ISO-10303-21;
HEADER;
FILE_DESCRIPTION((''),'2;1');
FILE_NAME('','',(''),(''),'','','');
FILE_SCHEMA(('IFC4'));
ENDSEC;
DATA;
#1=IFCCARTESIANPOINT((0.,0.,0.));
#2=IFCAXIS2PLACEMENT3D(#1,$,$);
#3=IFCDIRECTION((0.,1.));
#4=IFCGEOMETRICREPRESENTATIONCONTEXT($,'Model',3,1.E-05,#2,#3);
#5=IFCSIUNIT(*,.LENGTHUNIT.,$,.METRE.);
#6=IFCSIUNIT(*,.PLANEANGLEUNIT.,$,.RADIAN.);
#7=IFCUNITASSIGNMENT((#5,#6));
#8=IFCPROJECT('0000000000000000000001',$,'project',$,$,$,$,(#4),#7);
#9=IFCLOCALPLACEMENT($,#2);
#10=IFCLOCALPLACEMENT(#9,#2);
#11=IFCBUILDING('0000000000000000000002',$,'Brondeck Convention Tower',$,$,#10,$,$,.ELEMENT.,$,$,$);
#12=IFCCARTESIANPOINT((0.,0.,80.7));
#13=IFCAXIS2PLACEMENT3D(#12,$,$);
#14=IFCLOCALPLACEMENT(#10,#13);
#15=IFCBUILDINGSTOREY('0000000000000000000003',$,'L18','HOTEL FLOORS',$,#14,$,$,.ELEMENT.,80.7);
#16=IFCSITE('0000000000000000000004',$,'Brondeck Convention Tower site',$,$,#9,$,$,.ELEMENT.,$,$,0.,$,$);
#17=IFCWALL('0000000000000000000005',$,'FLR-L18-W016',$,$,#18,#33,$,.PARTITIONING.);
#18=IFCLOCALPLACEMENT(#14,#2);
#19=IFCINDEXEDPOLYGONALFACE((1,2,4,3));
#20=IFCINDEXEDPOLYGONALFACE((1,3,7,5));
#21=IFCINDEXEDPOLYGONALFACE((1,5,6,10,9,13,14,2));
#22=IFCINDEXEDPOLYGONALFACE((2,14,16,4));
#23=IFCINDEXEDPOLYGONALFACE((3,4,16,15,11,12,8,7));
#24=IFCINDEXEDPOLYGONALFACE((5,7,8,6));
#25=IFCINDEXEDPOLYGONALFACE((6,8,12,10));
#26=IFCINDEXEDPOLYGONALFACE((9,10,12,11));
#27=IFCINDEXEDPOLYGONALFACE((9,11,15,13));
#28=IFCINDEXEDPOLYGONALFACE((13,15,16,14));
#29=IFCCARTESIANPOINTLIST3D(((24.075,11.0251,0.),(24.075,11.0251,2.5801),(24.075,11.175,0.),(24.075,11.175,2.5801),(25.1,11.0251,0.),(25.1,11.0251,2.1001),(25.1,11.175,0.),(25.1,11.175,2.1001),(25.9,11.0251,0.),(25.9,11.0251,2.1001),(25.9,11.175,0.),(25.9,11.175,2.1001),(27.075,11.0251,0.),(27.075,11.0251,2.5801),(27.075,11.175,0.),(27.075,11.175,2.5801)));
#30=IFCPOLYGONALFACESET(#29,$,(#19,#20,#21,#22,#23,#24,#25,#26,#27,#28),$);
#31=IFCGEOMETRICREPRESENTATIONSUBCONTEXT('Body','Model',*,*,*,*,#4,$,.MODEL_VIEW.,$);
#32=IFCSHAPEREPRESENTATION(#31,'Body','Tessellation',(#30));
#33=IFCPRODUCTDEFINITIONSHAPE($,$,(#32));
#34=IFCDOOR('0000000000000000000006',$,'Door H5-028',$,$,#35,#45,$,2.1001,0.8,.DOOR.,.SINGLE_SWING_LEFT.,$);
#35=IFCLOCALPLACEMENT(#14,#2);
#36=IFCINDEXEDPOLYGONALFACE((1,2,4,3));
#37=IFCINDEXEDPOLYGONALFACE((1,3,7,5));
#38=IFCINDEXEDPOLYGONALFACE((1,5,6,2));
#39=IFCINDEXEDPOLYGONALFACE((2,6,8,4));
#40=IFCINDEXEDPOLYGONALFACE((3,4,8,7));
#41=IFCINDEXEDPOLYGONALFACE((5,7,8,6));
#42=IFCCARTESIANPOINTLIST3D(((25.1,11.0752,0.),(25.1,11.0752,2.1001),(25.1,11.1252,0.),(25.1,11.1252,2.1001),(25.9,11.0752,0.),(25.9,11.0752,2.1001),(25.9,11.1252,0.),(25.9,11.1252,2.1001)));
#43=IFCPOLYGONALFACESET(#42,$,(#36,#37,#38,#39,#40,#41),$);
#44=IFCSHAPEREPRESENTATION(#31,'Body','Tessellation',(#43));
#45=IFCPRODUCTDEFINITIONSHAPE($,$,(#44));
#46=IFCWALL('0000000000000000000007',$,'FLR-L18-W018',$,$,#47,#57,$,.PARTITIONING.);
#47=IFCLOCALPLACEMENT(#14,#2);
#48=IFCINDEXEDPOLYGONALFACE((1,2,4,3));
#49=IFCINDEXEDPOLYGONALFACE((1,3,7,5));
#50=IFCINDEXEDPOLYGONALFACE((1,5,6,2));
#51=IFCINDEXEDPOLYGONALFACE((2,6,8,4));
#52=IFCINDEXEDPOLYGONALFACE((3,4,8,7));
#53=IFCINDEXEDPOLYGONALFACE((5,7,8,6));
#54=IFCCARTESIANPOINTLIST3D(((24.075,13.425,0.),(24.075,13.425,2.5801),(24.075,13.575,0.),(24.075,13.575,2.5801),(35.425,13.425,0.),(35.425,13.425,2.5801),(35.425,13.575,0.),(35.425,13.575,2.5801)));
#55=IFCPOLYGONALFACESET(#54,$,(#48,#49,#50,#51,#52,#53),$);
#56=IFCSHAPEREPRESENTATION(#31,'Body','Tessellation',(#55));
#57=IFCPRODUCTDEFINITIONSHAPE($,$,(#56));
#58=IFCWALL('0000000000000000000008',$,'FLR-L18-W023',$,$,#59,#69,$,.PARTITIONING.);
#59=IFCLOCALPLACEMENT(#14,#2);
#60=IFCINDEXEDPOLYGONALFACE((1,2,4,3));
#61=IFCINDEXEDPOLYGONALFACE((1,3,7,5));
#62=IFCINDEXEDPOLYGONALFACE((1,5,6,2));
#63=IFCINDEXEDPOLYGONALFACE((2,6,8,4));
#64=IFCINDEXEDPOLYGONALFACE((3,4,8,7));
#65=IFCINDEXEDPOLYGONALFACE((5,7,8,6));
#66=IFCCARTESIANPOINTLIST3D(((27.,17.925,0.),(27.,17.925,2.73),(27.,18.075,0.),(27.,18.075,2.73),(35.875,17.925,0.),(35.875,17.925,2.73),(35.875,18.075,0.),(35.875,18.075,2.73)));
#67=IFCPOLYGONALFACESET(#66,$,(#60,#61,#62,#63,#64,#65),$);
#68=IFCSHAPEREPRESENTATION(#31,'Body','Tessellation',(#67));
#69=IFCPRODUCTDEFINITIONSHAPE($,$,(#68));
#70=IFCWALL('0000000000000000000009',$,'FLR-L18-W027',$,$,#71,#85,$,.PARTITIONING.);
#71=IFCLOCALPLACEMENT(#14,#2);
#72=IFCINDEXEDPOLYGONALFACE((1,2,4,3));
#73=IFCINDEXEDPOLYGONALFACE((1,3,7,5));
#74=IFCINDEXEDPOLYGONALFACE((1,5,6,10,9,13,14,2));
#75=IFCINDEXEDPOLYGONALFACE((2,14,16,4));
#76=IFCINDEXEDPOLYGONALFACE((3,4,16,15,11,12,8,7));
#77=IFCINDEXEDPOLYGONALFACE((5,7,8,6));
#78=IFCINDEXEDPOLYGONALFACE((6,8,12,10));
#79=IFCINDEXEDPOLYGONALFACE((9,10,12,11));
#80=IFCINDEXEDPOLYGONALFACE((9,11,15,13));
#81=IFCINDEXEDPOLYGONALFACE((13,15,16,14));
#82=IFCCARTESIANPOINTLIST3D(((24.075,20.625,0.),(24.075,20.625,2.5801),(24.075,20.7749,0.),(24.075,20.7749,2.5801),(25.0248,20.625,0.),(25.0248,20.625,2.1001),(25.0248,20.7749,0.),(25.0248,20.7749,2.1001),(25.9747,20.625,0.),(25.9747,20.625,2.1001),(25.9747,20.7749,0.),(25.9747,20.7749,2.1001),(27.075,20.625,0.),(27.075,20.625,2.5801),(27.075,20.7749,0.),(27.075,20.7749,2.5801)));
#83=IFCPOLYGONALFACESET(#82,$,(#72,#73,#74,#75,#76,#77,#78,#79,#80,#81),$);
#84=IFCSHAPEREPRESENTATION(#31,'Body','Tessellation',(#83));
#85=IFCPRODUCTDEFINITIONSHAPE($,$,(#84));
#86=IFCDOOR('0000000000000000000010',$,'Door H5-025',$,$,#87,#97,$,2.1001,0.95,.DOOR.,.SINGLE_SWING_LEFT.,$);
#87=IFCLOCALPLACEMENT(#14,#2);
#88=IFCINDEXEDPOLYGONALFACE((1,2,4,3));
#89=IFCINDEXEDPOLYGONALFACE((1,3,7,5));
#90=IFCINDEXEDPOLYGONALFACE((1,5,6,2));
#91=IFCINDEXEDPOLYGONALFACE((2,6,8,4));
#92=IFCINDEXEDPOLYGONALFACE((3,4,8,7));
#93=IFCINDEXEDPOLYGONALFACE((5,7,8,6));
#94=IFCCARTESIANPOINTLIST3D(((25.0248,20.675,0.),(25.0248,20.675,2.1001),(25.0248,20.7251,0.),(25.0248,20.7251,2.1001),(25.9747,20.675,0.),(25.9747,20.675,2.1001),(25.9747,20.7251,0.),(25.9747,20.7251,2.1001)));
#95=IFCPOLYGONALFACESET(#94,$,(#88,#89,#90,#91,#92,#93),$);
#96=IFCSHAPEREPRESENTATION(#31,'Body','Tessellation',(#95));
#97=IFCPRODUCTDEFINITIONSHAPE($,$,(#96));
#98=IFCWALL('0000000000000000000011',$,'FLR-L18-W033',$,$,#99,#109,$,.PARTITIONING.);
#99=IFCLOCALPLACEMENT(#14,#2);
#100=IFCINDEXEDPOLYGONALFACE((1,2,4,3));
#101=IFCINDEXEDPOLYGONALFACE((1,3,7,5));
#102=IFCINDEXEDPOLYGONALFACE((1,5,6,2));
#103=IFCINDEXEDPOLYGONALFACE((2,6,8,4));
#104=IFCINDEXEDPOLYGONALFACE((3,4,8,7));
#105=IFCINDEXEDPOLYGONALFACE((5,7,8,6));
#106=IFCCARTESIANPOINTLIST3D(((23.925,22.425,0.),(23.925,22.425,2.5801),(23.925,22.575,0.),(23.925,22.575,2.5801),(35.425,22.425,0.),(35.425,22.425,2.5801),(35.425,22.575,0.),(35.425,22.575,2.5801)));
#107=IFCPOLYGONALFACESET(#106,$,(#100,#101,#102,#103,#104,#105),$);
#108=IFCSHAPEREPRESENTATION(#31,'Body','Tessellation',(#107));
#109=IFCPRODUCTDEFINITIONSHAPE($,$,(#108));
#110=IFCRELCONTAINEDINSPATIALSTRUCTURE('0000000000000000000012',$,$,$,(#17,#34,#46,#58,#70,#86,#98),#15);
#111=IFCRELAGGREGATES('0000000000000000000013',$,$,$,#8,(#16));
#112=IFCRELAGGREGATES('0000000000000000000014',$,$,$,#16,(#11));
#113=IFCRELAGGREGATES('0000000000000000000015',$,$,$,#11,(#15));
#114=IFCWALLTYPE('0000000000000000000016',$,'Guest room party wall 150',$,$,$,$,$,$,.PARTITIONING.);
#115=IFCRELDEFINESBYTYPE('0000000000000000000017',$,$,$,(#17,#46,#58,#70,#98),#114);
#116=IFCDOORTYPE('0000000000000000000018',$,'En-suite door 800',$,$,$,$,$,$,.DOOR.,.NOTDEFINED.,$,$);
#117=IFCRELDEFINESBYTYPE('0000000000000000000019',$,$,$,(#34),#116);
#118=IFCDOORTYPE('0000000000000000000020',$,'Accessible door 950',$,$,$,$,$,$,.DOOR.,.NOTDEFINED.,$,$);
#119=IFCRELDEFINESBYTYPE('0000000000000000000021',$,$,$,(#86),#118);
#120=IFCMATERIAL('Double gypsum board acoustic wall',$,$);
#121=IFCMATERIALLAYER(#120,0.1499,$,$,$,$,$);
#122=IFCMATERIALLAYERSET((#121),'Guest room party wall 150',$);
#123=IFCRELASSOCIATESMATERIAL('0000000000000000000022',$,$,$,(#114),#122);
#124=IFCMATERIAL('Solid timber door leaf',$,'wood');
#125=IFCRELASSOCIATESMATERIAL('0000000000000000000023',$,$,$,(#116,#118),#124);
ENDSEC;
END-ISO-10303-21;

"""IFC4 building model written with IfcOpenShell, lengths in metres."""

from ifc_helpers import new_model, si_unit, direction, frame, frame_2d, origin, place, context, subcontext, project, spatial, rectangle, extrude, material, layer, layer_set, type_object, element, fill, save


model = new_model("IFC4")

# Units and contexts
model_context = context("Model", 3, precision=1e-05, world=origin(), true_north=direction((0.0, 1.0)))
body_context = subcontext(model_context, "Body", "Model", "MODEL_VIEW")
ifc_project = project(units=[si_unit("LENGTHUNIT", "METRE"), si_unit("PLANEANGLEUNIT", "RADIAN")], contexts=[model_context])

# Site, building, storey
site_placement = place(None, origin())
site = spatial("IfcSite", under=ifc_project, at=site_placement, Name="Brondeck Convention Tower site", CompositionType="ELEMENT", RefElevation=0.0)
building_placement = place(site_placement, origin())
building = spatial("IfcBuilding", under=site, at=building_placement, Name="Brondeck Convention Tower", CompositionType="ELEMENT")
storey_placement = place(building_placement, frame((0.0, 0.0, 80.7)))
storey = spatial("IfcBuildingStorey", under=building, at=storey_placement, Name="L18", Description="HOTEL FLOORS", CompositionType="ELEMENT", Elevation=80.7)

# Wall, opening, door
ifc_material_1 = material(Name="Double gypsum board acoustic wall")
ifc_layer_1 = layer(ifc_material_1, 0.1499)
ifc_layer_set_1 = layer_set([ifc_layer_1], Name="Guest room party wall 150")
wall_type_1 = type_object("IfcWallType", Name="Guest room party wall 150", PredefinedType="PARTITIONING", material=ifc_layer_set_1)
wall_1_placement = place(storey_placement, frame((27.075, 11.1001, 0.0), z_axis=(0.0, 0.0, 1.0), x_axis=(-1.0, 0.0, 0.0)))
wall_1 = element("IfcWall", 1, at=wall_1_placement, inside=storey, type_object=wall_type_1, Name="FLR-L18-W016", PredefinedType="PARTITIONING", context=body_context, shape_type="SweptSolid", body=[
    extrude(rectangle(XDim=3.0, YDim=0.1499, at=frame_2d((1.5, 0.0))), origin(), (0.0, 0.0, 1.0), 2.5801),
])
opening_1_placement = place(wall_1_placement, frame((1.175, 0.0, 0.0)))
opening_1 = element("IfcOpeningElement", 2, at=opening_1_placement, cuts=wall_1, PredefinedType="OPENING", context=body_context, shape_type="SweptSolid", body=[
    extrude(rectangle(XDim=0.8, YDim=2.1001, at=frame_2d((0.3999, 1.05))), frame((0.0, 0.085, 0.0), z_axis=(0.0, -1.0, 0.0), x_axis=(1.0, 0.0, 0.0)), (0.0, 0.0, 1.0), 0.1699),
])
ifc_material_2 = material(Name="Solid timber door leaf", Category="wood")
door_type_1 = type_object("IfcDoorType", Name="En-suite door 800", OperationType="NOTDEFINED", PredefinedType="DOOR", material=ifc_material_2)
door_1_placement = place(opening_1_placement, origin())
door_1 = element("IfcDoor", 3, at=door_1_placement, inside=storey, type_object=door_type_1, Name="Door H5-028", OperationType="SINGLE_SWING_LEFT", OverallHeight=2.1001, OverallWidth=0.8, PredefinedType="DOOR", context=body_context, shape_type="SweptSolid", body=[
    extrude(rectangle(XDim=0.8, YDim=2.1001, at=frame_2d((0.3999, 1.05))), frame((0.0, 0.0249, 0.0), z_axis=(0.0, -1.0, 0.0), x_axis=(1.0, 0.0, 0.0)), (0.0, 0.0, 1.0), 0.05),
])
fill(opening_1, door_1)

# Walls
wall_2_placement = place(storey_placement, frame((35.425, 13.5, 0.0), z_axis=(0.0, 0.0, 1.0), x_axis=(-1.0, 0.0, 0.0)))
element("IfcWall", 4, at=wall_2_placement, inside=storey, type_object=wall_type_1, Name="FLR-L18-W018", PredefinedType="PARTITIONING", context=body_context, shape_type="SweptSolid", body=[
    extrude(rectangle(XDim=11.3501, YDim=0.1499, at=frame_2d((5.675, 0.0))), origin(), (0.0, 0.0, 1.0), 2.5801),
])
wall_3_placement = place(storey_placement, frame((35.875, 18.0, 0.0), z_axis=(0.0, 0.0, 1.0), x_axis=(-1.0, 0.0, 0.0)))
element("IfcWall", 5, at=wall_3_placement, inside=storey, type_object=wall_type_1, Name="FLR-L18-W023", PredefinedType="PARTITIONING", context=body_context, shape_type="SweptSolid", body=[
    extrude(rectangle(XDim=8.875, YDim=0.1499, at=frame_2d((4.4375, 0.0))), origin(), (0.0, 0.0, 1.0), 2.73),
])

# Wall, opening, door
wall_4_placement = place(storey_placement, frame((27.075, 20.7, 0.0), z_axis=(0.0, 0.0, 1.0), x_axis=(-1.0, 0.0, 0.0)))
wall_4 = element("IfcWall", 6, at=wall_4_placement, inside=storey, type_object=wall_type_1, Name="FLR-L18-W027", PredefinedType="PARTITIONING", context=body_context, shape_type="SweptSolid", body=[
    extrude(rectangle(XDim=3.0, YDim=0.1499, at=frame_2d((1.5, 0.0))), origin(), (0.0, 0.0, 1.0), 2.5801),
])
opening_2_placement = place(wall_4_placement, frame((1.1001, 0.0, 0.0)))
opening_2 = element("IfcOpeningElement", 7, at=opening_2_placement, cuts=wall_4, PredefinedType="OPENING", context=body_context, shape_type="SweptSolid", body=[
    extrude(rectangle(XDim=0.95, YDim=2.1001, at=frame_2d((0.4751, 1.05))), frame((0.0, 0.085, 0.0), z_axis=(0.0, -1.0, 0.0), x_axis=(1.0, 0.0, 0.0)), (0.0, 0.0, 1.0), 0.1699),
])
door_type_2 = type_object("IfcDoorType", Name="Accessible door 950", OperationType="NOTDEFINED", PredefinedType="DOOR", material=ifc_material_2)
door_2_placement = place(opening_2_placement, origin())
door_2 = element("IfcDoor", 8, at=door_2_placement, inside=storey, type_object=door_type_2, Name="Door H5-025", OperationType="SINGLE_SWING_LEFT", OverallHeight=2.1001, OverallWidth=0.95, PredefinedType="DOOR", context=body_context, shape_type="SweptSolid", body=[
    extrude(rectangle(XDim=0.95, YDim=2.1001, at=frame_2d((0.4751, 1.05))), frame((0.0, 0.0249, 0.0), z_axis=(0.0, -1.0, 0.0), x_axis=(1.0, 0.0, 0.0)), (0.0, 0.0, 1.0), 0.05),
])
fill(opening_2, door_2)

# Wall
wall_5_placement = place(storey_placement, frame((35.425, 22.5, 0.0), z_axis=(0.0, 0.0, 1.0), x_axis=(-1.0, 0.0, 0.0)))
element("IfcWall", 9, at=wall_5_placement, inside=storey, type_object=wall_type_1, Name="FLR-L18-W033", PredefinedType="PARTITIONING", context=body_context, shape_type="SweptSolid", body=[
    extrude(rectangle(XDim=11.5, YDim=0.1499, at=frame_2d((5.75, 0.0))), origin(), (0.0, 0.0, 1.0), 2.5801),
])

save(model, "model.ifc")
